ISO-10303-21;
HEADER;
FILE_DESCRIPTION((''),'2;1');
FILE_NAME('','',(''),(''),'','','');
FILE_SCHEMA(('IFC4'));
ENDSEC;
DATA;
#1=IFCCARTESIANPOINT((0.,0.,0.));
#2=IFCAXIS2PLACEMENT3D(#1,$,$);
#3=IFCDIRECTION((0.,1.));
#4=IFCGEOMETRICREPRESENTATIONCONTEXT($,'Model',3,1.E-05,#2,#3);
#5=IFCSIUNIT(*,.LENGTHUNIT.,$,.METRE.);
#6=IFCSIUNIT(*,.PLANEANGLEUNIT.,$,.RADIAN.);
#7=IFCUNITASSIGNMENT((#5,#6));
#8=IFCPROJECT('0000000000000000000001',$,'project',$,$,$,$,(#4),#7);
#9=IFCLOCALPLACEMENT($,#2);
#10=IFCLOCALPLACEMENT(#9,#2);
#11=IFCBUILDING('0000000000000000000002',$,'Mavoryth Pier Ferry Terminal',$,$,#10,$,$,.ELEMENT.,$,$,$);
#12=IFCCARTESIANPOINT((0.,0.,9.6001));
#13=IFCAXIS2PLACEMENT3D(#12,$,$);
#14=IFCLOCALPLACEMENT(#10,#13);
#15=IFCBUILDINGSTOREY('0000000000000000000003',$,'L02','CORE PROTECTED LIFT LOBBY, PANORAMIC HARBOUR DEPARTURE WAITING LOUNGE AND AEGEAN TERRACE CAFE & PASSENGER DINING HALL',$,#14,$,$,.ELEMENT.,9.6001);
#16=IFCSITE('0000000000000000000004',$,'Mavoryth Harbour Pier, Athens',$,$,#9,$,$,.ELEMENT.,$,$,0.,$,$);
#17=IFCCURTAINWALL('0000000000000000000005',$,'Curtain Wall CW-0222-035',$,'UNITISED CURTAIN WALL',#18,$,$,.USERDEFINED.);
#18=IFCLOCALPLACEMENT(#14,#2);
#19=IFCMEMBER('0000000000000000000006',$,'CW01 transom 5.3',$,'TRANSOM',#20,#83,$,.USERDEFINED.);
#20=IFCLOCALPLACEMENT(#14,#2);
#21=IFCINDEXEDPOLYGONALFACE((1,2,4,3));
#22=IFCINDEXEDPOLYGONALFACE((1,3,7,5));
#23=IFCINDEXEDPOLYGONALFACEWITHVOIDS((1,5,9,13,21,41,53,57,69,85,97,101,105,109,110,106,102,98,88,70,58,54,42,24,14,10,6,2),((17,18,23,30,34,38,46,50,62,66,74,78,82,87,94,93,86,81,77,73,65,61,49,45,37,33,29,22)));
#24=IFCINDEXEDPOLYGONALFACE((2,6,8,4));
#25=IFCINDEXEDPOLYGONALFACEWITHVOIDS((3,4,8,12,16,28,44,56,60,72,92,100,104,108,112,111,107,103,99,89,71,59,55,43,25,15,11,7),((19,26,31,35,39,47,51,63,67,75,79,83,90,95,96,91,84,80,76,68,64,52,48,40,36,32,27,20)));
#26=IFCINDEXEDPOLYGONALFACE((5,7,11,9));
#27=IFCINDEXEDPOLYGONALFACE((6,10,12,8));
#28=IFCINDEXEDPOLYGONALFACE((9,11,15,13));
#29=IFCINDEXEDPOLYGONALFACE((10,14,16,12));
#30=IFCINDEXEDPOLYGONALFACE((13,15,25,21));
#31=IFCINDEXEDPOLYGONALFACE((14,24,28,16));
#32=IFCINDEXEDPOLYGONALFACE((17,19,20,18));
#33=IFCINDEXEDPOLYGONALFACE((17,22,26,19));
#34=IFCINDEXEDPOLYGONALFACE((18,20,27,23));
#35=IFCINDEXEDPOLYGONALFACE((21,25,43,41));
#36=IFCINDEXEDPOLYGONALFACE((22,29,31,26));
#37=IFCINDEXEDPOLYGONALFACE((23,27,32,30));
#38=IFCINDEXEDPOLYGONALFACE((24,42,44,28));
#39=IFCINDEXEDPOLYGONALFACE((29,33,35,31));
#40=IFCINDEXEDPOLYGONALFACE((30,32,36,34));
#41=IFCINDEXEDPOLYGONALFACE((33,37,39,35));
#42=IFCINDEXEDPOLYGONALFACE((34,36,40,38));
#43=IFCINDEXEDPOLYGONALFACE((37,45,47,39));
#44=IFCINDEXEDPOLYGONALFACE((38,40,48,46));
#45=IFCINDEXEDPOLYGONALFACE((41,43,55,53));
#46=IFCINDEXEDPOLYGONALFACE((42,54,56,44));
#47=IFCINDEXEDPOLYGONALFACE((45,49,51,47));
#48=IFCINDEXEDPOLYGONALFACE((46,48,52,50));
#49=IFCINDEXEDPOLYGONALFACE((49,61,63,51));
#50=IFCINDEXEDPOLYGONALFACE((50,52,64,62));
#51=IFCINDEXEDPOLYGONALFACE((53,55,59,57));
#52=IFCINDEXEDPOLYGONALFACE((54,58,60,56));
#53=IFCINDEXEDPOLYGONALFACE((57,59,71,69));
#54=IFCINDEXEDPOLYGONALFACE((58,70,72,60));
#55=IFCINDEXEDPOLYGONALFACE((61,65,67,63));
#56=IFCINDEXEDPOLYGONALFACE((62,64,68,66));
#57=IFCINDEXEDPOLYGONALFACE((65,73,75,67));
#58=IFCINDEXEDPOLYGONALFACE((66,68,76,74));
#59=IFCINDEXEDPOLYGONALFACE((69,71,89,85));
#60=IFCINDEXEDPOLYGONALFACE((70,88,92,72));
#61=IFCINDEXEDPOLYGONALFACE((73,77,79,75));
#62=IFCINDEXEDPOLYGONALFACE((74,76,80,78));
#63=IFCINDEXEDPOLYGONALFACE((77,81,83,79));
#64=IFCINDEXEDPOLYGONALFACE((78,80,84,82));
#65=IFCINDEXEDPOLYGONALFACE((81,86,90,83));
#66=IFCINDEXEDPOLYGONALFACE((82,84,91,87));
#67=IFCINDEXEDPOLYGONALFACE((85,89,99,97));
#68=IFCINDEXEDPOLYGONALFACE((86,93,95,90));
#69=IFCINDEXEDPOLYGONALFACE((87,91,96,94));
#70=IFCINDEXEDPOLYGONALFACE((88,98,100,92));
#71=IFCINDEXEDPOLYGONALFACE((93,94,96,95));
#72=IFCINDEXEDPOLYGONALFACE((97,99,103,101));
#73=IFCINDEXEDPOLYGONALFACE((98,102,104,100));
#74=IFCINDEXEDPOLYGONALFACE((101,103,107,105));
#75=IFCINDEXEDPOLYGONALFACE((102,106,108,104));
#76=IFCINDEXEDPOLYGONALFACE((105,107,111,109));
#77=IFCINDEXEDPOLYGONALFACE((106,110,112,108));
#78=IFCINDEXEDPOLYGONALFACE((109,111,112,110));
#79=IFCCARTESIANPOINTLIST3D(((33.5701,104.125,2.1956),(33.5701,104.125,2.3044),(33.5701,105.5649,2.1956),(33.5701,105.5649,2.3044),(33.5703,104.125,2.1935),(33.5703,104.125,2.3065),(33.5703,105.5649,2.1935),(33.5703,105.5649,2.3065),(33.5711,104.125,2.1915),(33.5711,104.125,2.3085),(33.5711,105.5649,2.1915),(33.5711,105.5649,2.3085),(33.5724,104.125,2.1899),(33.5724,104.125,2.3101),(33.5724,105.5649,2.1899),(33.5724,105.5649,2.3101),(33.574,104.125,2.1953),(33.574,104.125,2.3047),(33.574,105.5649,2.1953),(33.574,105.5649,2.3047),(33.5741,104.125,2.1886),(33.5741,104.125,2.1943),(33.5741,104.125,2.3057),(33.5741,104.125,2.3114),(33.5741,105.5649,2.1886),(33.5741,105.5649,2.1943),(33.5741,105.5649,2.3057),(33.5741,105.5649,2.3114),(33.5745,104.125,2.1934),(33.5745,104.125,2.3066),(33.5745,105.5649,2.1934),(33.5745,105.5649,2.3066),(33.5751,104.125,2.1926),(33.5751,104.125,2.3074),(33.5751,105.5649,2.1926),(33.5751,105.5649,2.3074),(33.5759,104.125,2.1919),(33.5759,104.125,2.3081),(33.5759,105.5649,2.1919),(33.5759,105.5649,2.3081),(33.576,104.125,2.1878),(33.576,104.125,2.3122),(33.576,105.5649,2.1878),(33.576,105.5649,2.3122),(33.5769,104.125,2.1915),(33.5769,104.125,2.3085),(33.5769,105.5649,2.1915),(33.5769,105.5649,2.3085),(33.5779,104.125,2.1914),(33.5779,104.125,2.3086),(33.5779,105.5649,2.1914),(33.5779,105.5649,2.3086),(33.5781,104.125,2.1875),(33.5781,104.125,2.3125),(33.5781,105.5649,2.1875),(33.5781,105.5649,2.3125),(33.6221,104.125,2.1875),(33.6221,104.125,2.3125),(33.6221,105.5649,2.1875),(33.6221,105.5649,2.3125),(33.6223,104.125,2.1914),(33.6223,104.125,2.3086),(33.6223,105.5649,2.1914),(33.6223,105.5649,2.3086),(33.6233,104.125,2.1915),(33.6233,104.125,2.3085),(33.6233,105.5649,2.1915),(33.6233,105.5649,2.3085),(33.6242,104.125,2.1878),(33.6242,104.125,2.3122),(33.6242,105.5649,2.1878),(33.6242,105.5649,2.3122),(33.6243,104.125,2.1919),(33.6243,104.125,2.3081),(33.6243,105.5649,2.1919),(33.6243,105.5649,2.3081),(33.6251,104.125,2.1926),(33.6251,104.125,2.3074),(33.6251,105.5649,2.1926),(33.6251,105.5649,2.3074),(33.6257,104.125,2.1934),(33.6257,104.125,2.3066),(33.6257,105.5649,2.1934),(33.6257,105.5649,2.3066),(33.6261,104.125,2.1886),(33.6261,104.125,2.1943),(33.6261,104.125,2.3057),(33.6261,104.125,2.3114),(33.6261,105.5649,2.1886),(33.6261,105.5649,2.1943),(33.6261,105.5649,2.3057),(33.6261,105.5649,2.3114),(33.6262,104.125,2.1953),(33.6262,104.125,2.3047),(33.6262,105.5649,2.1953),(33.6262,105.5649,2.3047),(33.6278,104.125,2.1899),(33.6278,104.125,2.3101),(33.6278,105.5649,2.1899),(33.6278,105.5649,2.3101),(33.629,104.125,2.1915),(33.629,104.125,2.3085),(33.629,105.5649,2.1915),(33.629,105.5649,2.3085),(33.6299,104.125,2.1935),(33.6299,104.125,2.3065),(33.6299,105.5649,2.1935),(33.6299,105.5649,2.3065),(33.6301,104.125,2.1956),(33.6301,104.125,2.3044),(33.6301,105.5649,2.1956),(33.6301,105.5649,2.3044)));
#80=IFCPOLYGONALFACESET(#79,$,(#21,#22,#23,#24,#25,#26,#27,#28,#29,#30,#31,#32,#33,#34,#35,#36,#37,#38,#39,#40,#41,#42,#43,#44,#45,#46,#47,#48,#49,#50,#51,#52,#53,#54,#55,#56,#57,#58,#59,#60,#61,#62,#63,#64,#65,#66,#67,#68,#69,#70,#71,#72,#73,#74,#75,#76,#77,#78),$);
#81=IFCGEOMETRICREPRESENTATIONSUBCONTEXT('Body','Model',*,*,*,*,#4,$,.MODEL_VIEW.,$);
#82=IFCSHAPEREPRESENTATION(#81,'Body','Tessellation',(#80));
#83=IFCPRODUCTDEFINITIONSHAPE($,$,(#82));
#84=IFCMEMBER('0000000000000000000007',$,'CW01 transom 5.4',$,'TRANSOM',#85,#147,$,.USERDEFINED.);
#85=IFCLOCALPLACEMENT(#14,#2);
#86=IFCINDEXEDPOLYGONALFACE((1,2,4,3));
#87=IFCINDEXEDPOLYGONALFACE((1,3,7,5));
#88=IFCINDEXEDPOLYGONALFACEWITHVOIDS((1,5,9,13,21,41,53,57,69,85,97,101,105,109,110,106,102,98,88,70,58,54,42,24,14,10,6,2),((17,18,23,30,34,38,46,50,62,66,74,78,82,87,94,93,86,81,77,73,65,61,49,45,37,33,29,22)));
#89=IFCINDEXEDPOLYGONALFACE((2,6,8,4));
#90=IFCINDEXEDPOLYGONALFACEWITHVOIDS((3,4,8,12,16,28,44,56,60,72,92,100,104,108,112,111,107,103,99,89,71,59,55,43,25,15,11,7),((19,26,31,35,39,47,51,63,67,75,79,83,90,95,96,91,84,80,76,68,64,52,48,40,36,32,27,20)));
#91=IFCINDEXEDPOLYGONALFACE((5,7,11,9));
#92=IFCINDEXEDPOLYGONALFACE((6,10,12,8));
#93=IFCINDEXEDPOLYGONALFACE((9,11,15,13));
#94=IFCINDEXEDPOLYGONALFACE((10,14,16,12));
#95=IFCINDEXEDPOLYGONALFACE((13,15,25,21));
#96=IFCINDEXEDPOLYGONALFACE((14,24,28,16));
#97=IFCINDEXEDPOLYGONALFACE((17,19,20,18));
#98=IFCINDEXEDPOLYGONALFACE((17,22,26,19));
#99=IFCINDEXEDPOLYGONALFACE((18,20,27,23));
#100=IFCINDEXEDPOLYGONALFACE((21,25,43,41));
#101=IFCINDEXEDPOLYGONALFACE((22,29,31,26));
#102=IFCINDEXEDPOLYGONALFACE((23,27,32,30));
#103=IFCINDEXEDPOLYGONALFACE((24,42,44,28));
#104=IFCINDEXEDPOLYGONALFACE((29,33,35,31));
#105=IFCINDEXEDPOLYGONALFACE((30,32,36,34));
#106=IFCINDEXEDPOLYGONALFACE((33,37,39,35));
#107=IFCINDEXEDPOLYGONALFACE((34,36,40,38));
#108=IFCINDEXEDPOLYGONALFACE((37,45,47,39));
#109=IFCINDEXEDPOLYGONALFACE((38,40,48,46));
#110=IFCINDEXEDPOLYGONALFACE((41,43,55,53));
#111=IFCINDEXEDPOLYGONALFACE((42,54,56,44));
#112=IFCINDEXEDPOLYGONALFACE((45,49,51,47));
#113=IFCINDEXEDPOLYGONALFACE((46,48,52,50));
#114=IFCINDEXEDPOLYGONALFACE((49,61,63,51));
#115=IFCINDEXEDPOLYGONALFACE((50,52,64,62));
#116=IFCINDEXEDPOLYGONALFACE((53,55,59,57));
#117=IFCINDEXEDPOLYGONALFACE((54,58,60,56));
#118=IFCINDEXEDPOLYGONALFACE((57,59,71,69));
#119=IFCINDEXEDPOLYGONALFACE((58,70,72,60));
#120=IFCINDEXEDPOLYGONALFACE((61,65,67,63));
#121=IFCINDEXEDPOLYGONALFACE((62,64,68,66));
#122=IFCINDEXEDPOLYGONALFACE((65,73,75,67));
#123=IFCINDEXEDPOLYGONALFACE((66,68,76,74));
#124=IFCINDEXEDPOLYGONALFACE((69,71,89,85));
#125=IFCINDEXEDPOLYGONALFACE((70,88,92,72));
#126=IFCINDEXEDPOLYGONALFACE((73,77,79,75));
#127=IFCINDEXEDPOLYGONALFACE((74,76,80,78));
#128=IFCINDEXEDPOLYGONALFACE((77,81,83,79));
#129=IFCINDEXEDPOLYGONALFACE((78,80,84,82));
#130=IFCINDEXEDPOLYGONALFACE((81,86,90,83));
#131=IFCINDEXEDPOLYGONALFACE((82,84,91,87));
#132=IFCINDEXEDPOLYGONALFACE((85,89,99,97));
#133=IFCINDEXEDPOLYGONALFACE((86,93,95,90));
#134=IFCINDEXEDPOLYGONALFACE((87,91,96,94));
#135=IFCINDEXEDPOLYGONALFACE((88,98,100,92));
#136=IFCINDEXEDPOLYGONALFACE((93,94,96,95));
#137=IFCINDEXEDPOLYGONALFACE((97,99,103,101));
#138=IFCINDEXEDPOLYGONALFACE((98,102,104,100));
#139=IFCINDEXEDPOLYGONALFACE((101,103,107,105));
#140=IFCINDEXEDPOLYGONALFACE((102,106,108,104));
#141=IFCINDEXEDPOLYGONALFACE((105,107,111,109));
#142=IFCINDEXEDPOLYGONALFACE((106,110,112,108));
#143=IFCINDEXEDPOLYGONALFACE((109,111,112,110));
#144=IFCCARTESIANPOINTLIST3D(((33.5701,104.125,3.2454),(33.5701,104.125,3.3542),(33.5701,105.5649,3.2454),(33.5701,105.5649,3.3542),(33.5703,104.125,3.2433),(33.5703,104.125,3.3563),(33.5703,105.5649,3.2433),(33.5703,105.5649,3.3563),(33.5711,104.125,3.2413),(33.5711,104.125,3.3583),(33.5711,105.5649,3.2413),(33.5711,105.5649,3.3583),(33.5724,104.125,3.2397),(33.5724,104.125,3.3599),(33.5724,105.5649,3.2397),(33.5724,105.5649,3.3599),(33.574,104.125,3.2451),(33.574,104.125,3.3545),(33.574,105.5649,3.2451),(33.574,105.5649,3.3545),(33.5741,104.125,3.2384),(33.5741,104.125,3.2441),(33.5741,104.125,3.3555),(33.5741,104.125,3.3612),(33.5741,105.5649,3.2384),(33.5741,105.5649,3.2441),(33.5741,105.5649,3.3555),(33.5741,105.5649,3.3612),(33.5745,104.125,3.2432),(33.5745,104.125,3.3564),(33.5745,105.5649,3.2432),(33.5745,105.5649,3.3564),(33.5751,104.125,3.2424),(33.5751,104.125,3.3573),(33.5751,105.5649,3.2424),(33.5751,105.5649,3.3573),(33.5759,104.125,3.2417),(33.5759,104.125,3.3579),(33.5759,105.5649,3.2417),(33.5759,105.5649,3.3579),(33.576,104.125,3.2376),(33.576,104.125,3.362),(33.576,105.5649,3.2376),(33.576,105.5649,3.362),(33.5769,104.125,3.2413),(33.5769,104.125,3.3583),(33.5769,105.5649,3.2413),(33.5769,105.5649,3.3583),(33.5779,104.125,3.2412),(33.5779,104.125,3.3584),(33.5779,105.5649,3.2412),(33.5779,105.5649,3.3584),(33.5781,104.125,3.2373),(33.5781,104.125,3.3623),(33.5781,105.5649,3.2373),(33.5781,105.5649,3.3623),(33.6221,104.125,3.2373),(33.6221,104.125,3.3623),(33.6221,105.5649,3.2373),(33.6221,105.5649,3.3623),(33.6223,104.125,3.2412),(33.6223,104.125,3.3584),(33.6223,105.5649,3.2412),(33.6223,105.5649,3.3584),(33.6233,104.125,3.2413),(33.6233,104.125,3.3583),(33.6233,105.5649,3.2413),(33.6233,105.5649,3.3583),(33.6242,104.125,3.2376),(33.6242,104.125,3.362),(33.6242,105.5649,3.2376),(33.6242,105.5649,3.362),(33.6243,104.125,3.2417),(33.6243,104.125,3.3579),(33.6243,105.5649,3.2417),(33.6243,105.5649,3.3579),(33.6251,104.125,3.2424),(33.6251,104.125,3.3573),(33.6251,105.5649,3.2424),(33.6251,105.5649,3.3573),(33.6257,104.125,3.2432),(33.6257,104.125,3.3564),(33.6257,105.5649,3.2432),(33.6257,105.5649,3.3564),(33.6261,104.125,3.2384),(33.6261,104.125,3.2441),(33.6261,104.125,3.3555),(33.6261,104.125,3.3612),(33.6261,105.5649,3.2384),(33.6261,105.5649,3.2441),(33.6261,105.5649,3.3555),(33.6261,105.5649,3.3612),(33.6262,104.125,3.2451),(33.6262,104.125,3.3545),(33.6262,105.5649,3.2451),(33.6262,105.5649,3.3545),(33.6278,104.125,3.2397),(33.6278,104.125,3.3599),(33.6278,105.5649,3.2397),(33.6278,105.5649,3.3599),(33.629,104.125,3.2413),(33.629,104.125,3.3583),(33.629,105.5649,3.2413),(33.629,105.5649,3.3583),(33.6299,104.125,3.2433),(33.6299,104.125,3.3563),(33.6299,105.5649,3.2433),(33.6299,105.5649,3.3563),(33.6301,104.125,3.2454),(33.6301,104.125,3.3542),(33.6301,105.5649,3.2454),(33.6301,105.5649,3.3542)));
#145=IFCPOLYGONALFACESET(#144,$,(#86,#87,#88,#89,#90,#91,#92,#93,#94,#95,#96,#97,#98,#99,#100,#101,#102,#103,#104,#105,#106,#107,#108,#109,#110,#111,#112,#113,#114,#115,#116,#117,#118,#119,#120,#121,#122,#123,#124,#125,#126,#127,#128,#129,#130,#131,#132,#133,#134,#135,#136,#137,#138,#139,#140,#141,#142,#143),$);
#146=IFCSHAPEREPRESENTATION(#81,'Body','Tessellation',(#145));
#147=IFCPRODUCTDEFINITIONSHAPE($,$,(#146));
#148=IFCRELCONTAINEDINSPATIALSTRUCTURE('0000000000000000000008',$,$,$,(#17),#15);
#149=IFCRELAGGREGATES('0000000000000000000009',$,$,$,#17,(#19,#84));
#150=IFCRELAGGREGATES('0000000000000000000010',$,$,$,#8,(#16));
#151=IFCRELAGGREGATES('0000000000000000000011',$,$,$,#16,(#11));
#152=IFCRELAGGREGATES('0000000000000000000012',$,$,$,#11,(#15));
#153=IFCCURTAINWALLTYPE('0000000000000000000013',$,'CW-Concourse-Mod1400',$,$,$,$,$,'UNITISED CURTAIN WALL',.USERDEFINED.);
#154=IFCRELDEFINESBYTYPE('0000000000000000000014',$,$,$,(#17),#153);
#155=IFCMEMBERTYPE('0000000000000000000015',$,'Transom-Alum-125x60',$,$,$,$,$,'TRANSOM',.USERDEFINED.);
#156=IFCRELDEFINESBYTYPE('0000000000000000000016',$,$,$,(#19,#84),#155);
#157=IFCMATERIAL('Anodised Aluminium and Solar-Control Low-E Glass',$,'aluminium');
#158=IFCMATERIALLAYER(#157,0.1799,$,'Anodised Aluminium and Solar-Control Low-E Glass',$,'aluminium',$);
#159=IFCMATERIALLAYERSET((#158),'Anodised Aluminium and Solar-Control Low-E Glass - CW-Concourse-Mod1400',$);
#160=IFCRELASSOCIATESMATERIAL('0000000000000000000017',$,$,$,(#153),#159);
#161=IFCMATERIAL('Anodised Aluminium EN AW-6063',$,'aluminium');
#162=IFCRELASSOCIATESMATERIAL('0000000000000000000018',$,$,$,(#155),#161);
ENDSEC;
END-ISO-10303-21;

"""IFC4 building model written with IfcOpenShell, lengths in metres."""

from ifc_helpers import new_model, si_unit, direction, frame, origin, origin_2d, place, context, subcontext, project, spatial, hollow_rectangle, extrude, material, layer, layer_set, material_profile, profile_set, type_object, element, aggregate, save


model = new_model("IFC4")

# Units and contexts
model_context = context("Model", 3, precision=1e-05, world=origin(), true_north=direction((0.0, 1.0)))
body_context = subcontext(model_context, "Body", "Model", "MODEL_VIEW")
ifc_project = project(units=[si_unit("LENGTHUNIT", "METRE"), si_unit("PLANEANGLEUNIT", "RADIAN")], contexts=[model_context])

# Site, building, storey
site_placement = place(None, origin())
site = spatial("IfcSite", under=ifc_project, at=site_placement, Name="Mavoryth Harbour Pier, Athens", CompositionType="ELEMENT", RefElevation=0.0)
building_placement = place(site_placement, origin())
building = spatial("IfcBuilding", under=site, at=building_placement, Name="Mavoryth Pier Ferry Terminal", CompositionType="ELEMENT")
storey_placement = place(building_placement, frame((0.0, 0.0, 9.6001)))
storey = spatial("IfcBuildingStorey", under=building, at=storey_placement, Name="L02", Description="CORE PROTECTED LIFT LOBBY, PANORAMIC HARBOUR DEPARTURE WAITING LOUNGE AND AEGEAN TERRACE CAFE & PASSENGER DINING HALL", CompositionType="ELEMENT", Elevation=9.6001)

# Curtain wall
ifc_material_1 = material(Name="Anodised Aluminium and Solar-Control Low-E Glass", Category="aluminium")
ifc_layer_1 = layer(ifc_material_1, 0.1799, Name="Anodised Aluminium and Solar-Control Low-E Glass", Category="aluminium")
ifc_layer_set_1 = layer_set([ifc_layer_1], Name="Anodised Aluminium and Solar-Control Low-E Glass - CW-Concourse-Mod1400")
curtain_wall_type = type_object("IfcCurtainWallType", Name="CW-Concourse-Mod1400", ElementType="UNITISED CURTAIN WALL", PredefinedType="USERDEFINED", material=ifc_layer_set_1)
curtain_wall_placement = place(storey_placement, origin())
curtain_wall = element("IfcCurtainWall", 1, at=curtain_wall_placement, inside=storey, type_object=curtain_wall_type, Name="Curtain Wall CW-0222-035", ObjectType="UNITISED CURTAIN WALL", PredefinedType="USERDEFINED")
ifc_material_2 = material(Name="Anodised Aluminium EN AW-6063", Category="aluminium")

# Members
ifc_material_profile_1 = material_profile(ifc_material_2, hollow_rectangle(XDim=0.0601, YDim=0.125, WallThickness=0.0039, InnerFilletRadius=0.0039, OuterFilletRadius=0.0081, at=origin_2d()), Name="AL-TRAN 125x60x4", Category="aluminium")
ifc_profile_set_1 = profile_set([ifc_material_profile_1], Name="Anodised Aluminium EN AW-6063 - AL-TRAN 125x60x4")
member_type_1 = type_object("IfcMemberType", Name="Transom-Alum-125x60", ElementType="TRANSOM", PredefinedType="USERDEFINED", material=ifc_profile_set_1)
member_1_placement = place(storey_placement, frame((33.6001, 104.125, 2.25), z_axis=(0.0, 1.0, 0.0), x_axis=(-1.0, 0.0, 0.0)))
member_1 = element("IfcMember", 2, at=member_1_placement, type_object=member_type_1, Name="CW01 transom 5.3", ObjectType="TRANSOM", PredefinedType="USERDEFINED", context=body_context, shape_type="SweptSolid", body=[
    extrude(hollow_rectangle(XDim=0.0601, YDim=0.125, WallThickness=0.0039, InnerFilletRadius=0.0039, OuterFilletRadius=0.0081, at=origin_2d()), origin(), (0.0, 0.0, 1.0), 1.4399),
])
member_2_placement = place(storey_placement, frame((33.6001, 104.125, 3.2998), z_axis=(0.0, 1.0, 0.0), x_axis=(-1.0, 0.0, 0.0)))
member_2 = element("IfcMember", 3, at=member_2_placement, type_object=member_type_1, Name="CW01 transom 5.4", ObjectType="TRANSOM", PredefinedType="USERDEFINED", context=body_context, shape_type="SweptSolid", body=[
    extrude(hollow_rectangle(XDim=0.0601, YDim=0.125, WallThickness=0.0039, InnerFilletRadius=0.0039, OuterFilletRadius=0.0081, at=origin_2d()), origin(), (0.0, 0.0, 1.0), 1.4399),
])

aggregate(curtain_wall, [member_1, member_2])

save(model, "model.ifc")
